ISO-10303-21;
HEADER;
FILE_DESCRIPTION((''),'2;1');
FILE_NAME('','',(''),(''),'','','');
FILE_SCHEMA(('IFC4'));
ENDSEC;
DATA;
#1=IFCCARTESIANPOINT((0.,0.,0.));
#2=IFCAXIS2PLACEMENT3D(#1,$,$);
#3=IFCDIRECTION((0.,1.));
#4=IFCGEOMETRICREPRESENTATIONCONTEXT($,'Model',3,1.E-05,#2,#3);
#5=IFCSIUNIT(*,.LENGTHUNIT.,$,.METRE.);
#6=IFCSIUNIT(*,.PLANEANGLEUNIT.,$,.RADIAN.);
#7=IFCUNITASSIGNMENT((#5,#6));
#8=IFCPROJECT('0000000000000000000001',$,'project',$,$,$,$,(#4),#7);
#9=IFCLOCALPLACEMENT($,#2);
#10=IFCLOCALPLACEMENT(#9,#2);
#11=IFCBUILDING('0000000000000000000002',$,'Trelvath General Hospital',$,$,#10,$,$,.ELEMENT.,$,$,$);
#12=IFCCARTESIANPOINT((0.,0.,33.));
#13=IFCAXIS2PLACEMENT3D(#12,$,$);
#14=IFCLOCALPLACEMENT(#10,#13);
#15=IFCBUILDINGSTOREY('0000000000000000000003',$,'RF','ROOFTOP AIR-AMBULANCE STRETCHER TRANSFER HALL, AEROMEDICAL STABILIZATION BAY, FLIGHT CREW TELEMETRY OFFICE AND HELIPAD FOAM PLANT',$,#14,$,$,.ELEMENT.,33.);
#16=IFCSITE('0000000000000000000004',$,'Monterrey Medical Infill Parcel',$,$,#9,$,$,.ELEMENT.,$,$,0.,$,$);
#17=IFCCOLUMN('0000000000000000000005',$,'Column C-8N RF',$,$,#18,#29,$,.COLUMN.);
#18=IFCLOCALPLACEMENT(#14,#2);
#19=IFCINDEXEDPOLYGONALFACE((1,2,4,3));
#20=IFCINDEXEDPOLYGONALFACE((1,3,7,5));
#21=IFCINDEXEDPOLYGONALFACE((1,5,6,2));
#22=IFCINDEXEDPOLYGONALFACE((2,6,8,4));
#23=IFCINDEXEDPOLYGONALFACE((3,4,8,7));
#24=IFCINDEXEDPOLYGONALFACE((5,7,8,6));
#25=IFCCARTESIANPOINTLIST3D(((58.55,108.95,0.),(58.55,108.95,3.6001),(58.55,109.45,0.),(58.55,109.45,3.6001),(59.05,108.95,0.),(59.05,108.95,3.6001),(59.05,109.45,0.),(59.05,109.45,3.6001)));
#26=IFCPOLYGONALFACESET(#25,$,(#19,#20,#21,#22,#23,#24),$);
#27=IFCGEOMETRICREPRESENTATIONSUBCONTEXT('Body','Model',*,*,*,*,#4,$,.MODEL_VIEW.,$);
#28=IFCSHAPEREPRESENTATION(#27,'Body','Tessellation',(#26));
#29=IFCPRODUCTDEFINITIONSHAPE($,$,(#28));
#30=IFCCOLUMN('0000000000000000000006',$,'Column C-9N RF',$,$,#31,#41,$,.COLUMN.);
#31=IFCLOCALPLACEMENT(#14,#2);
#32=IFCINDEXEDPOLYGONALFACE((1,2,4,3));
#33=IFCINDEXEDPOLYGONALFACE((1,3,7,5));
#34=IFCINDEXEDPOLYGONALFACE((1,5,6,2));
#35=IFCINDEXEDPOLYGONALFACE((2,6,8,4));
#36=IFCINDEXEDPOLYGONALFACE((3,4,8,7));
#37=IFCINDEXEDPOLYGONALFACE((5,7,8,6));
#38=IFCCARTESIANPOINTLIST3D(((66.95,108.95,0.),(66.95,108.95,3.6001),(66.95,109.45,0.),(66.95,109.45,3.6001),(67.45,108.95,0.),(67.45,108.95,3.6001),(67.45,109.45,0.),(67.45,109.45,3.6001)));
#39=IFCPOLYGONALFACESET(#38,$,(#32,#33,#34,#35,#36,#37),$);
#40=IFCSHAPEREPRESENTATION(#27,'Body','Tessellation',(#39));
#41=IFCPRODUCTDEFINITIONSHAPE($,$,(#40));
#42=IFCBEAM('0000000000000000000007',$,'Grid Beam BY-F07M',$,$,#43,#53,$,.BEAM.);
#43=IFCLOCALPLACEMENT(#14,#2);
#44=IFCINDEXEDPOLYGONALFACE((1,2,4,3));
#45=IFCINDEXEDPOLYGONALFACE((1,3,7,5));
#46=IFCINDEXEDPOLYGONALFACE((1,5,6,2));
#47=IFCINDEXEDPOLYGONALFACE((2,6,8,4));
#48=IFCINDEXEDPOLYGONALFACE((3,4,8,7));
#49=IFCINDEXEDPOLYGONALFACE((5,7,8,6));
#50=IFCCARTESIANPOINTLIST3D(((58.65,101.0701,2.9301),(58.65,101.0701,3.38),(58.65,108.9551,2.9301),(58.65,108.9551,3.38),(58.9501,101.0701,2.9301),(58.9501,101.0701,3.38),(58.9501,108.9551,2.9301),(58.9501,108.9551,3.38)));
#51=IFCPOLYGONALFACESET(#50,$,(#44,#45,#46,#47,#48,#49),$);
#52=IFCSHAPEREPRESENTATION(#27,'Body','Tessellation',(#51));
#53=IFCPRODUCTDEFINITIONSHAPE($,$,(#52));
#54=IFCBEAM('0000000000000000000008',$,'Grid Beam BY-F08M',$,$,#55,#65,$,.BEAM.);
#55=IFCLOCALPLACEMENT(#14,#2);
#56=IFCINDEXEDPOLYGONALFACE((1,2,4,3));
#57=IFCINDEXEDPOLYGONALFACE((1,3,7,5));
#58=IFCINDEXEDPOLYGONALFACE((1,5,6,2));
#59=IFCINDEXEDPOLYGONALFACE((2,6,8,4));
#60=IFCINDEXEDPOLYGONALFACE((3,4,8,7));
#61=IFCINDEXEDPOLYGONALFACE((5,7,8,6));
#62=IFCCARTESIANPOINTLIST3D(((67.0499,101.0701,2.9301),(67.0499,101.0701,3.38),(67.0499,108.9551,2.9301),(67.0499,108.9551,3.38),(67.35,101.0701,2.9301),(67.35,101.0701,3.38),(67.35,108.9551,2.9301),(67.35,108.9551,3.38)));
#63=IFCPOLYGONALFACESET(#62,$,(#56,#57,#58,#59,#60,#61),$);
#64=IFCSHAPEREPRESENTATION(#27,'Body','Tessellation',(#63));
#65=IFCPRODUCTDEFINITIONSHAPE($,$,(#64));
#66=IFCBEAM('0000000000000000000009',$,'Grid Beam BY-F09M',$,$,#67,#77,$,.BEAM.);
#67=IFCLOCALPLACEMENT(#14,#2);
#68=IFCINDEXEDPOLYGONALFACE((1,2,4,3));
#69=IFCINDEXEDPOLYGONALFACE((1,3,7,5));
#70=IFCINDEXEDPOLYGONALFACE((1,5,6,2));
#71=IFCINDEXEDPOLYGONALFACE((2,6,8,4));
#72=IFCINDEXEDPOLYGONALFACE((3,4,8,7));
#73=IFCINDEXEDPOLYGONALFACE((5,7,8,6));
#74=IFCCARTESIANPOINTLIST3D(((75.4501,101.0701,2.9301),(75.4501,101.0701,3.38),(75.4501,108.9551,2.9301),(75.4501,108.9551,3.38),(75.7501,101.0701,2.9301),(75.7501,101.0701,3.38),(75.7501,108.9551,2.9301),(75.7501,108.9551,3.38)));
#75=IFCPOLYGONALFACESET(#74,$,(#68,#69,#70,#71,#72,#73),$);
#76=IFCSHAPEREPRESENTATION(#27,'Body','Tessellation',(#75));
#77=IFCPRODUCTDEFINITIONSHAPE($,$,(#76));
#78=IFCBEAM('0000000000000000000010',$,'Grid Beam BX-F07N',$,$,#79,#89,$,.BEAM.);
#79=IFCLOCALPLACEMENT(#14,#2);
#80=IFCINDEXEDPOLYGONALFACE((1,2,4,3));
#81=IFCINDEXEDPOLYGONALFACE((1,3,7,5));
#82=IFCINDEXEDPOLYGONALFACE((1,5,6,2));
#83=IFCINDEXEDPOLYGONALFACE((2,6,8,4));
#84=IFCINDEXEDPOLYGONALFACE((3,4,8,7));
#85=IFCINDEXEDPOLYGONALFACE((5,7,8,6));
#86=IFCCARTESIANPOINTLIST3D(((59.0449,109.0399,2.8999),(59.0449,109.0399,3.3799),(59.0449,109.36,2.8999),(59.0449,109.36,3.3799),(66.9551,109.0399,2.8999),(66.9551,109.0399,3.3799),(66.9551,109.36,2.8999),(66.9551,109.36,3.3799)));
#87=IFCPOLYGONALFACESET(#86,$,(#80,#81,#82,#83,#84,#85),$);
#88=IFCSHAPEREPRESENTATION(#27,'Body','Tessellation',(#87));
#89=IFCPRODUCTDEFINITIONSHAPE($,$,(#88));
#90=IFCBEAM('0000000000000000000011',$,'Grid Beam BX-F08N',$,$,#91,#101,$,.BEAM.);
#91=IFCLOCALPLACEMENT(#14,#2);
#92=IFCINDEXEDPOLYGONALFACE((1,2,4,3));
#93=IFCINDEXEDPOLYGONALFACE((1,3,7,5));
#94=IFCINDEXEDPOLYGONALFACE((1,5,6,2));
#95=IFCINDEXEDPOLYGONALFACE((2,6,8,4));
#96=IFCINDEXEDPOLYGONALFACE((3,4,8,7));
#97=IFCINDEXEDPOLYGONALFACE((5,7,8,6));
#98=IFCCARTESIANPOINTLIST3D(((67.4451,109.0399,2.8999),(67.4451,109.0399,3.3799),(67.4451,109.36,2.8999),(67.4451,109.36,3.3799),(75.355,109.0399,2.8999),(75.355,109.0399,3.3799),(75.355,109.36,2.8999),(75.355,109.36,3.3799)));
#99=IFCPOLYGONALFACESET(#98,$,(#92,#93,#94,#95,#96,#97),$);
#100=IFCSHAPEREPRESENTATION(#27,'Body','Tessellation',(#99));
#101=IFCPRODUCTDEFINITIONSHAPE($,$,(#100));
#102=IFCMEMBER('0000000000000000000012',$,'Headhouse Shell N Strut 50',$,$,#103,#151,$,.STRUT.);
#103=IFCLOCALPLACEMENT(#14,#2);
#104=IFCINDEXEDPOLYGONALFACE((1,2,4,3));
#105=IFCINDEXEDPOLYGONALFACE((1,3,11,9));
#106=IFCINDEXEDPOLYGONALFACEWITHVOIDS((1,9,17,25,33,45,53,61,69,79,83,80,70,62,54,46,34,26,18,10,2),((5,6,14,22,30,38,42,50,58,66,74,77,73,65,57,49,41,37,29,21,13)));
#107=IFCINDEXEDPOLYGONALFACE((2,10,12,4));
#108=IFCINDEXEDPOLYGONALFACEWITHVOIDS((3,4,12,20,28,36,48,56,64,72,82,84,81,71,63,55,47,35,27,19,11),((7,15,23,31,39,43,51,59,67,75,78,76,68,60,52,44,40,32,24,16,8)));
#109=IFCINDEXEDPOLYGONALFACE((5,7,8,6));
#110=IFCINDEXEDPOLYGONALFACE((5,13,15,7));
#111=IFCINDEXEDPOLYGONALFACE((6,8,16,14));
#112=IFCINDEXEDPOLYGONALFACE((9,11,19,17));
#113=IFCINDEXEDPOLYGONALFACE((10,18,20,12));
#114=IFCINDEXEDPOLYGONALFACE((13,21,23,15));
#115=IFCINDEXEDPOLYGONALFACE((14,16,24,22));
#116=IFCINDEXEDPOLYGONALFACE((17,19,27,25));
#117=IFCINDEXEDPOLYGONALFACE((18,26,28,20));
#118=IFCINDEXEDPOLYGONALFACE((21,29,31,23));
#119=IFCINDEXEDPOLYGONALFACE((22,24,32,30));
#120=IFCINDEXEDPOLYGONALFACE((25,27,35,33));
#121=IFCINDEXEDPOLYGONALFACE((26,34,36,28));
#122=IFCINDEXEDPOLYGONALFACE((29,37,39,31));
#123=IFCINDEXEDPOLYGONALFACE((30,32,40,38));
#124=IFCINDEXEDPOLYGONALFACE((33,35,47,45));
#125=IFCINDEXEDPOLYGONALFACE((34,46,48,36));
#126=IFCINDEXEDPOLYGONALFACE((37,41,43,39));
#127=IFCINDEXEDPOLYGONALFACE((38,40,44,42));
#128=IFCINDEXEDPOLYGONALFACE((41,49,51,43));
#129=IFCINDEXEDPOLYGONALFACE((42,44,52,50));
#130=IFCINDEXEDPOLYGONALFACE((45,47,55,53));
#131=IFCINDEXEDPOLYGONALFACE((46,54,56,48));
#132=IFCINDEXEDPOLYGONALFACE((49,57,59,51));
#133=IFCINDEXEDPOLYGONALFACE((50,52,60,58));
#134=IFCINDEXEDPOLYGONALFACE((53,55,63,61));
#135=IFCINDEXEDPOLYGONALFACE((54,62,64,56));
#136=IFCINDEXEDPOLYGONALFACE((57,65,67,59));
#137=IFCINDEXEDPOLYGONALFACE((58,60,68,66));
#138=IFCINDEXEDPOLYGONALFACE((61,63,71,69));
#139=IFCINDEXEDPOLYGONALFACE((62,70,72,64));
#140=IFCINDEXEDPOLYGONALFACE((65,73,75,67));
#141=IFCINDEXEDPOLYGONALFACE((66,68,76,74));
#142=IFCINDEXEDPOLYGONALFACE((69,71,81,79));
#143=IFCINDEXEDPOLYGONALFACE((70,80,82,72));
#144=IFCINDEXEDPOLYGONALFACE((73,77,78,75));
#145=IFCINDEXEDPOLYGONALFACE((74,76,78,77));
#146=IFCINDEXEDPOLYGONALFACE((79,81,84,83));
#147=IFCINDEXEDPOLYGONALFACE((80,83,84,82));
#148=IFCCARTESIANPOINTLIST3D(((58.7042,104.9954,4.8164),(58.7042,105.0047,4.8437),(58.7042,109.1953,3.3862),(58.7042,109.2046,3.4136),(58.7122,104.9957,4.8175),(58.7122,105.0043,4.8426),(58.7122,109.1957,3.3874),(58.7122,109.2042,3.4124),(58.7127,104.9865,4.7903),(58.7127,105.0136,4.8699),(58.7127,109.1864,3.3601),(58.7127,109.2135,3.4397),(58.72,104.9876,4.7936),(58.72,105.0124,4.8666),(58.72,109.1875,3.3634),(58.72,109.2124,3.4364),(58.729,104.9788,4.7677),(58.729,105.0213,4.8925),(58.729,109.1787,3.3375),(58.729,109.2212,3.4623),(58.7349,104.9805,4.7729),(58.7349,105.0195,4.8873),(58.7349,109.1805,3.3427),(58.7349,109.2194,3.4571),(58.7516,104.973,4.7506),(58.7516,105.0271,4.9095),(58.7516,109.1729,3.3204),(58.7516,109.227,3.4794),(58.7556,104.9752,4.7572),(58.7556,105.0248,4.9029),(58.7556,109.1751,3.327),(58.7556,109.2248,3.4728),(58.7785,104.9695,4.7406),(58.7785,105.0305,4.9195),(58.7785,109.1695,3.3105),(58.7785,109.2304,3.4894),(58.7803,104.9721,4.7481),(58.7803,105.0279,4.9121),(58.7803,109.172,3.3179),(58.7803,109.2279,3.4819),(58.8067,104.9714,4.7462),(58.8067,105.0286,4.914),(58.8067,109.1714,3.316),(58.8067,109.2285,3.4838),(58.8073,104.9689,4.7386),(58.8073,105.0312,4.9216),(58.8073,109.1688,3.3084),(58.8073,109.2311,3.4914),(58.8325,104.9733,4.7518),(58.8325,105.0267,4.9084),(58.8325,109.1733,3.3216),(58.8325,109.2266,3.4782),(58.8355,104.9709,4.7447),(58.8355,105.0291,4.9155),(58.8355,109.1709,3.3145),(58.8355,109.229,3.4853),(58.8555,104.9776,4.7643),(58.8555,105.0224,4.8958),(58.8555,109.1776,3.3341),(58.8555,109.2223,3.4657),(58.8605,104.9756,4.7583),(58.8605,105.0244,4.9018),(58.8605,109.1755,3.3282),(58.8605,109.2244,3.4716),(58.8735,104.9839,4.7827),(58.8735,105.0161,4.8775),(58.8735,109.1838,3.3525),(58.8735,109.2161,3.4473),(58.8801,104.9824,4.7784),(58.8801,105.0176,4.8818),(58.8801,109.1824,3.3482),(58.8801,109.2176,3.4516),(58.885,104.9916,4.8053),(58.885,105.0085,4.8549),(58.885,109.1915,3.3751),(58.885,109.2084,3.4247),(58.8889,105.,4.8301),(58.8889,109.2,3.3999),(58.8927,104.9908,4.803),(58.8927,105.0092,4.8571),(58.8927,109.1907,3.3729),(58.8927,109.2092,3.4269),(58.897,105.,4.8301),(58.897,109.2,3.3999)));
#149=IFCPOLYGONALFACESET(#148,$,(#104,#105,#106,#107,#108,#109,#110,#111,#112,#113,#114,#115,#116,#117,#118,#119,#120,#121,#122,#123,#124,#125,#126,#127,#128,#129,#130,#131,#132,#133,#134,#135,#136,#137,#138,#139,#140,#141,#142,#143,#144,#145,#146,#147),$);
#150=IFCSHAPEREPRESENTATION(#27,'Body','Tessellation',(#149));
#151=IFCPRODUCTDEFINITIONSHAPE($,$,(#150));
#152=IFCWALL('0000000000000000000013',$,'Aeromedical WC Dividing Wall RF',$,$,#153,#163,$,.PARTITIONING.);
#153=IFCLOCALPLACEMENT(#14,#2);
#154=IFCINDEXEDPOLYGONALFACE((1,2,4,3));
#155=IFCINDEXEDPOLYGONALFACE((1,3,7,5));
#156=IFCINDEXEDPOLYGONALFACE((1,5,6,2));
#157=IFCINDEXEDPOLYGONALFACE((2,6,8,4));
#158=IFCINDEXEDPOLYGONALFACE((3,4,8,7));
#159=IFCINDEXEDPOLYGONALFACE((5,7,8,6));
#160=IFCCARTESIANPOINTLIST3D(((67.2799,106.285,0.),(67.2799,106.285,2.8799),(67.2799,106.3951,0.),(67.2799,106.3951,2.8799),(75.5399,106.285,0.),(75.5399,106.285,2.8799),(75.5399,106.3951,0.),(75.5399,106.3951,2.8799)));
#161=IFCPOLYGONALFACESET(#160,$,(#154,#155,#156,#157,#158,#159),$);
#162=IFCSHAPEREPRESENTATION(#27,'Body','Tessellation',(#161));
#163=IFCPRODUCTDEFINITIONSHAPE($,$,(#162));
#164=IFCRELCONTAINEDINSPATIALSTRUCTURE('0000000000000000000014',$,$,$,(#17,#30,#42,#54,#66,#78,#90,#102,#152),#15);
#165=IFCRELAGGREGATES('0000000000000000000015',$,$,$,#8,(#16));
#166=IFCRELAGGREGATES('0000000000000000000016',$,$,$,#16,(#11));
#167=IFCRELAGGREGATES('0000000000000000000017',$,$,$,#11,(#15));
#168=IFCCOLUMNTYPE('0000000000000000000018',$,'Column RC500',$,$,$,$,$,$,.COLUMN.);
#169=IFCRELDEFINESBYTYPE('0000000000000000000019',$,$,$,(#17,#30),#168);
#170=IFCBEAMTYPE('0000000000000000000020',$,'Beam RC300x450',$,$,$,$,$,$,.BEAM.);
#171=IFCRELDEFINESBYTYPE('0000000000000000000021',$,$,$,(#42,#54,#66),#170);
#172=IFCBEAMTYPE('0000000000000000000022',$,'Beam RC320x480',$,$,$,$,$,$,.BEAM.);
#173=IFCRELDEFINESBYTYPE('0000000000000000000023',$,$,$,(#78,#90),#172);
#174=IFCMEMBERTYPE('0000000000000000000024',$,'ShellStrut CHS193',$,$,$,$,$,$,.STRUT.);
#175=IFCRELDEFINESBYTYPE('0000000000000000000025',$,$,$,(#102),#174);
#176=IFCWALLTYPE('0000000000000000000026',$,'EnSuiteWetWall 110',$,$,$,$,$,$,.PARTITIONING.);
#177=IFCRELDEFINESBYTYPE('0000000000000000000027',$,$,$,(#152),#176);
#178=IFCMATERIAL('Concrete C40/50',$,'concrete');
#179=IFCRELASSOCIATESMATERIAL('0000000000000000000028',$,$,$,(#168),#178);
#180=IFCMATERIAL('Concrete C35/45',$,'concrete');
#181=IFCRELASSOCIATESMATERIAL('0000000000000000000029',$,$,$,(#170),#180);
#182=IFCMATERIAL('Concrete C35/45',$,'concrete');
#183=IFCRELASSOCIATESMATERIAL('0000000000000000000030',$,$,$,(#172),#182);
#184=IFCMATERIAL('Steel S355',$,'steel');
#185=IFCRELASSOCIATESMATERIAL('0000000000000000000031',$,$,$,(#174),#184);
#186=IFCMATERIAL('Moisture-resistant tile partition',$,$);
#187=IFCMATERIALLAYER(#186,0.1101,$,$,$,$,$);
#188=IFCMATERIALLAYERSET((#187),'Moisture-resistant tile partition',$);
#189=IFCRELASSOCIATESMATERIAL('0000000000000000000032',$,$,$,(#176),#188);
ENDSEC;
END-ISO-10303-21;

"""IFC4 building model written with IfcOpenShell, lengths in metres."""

from ifc_helpers import new_model, si_unit, direction, frame, frame_2d, origin, origin_2d, place, context, subcontext, project, spatial, rectangle, hollow_circle, extrude, material, layer, layer_set, material_profile, profile_set, type_object, element, save


model = new_model("IFC4")

# Units and contexts
model_context = context("Model", 3, precision=1e-05, world=origin(), true_north=direction((0.0, 1.0)))
body_context = subcontext(model_context, "Body", "Model", "MODEL_VIEW")
ifc_project = project(units=[si_unit("LENGTHUNIT", "METRE"), si_unit("PLANEANGLEUNIT", "RADIAN")], contexts=[model_context])

# Site, building, storey
site_placement = place(None, origin())
site = spatial("IfcSite", under=ifc_project, at=site_placement, Name="Monterrey Medical Infill Parcel", CompositionType="ELEMENT", RefElevation=0.0)
building_placement = place(site_placement, origin())
building = spatial("IfcBuilding", under=site, at=building_placement, Name="Trelvath General Hospital", CompositionType="ELEMENT")
storey_placement = place(building_placement, frame((0.0, 0.0, 33.0)))
storey = spatial("IfcBuildingStorey", under=building, at=storey_placement, Name="RF", Description="ROOFTOP AIR-AMBULANCE STRETCHER TRANSFER HALL, AEROMEDICAL STABILIZATION BAY, FLIGHT CREW TELEMETRY OFFICE AND HELIPAD FOAM PLANT", CompositionType="ELEMENT", Elevation=33.0)

# Columns
ifc_material_1 = material(Name="Concrete C40/50", Category="concrete")
ifc_material_profile_1 = material_profile(ifc_material_1, rectangle(XDim=0.5, YDim=0.5, at=origin_2d()), Name="RC500x500")
ifc_profile_set_1 = profile_set([ifc_material_profile_1], Name="Concrete C40/50")
column_type = type_object("IfcColumnType", Name="Column RC500", PredefinedType="COLUMN", material=ifc_profile_set_1)
for number, where, z_axis, x_axis, name in (
    (1, (58.8, 109.2, 0.0), (0.0, 0.0, 1.0), (1.0, 0.0, 0.0), "Column C-8N RF"),
    (2, (67.2, 109.2, 0.0), (0.0, 0.0, 1.0), (1.0, 0.0, 0.0), "Column C-9N RF"),
):
    element("IfcColumn", number, at=place(storey_placement, frame(where, z_axis=z_axis, x_axis=x_axis)), inside=storey, type_object=column_type, Name=name, PredefinedType="COLUMN", context=body_context, shape_type="SweptSolid", body=[
        extrude(rectangle(XDim=0.5, YDim=0.5, at=origin_2d()), origin(), (0.0, 0.0, 1.0), 3.6001),
    ])

# Beams
ifc_material_2 = material(Name="Concrete C35/45", Category="concrete")
ifc_material_profile_2 = material_profile(ifc_material_2, rectangle(XDim=0.3, YDim=0.45, at=origin_2d()), Name="RCB300x450")
ifc_profile_set_2 = profile_set([ifc_material_profile_2], Name="Concrete C35/45")
beam_type_1 = type_object("IfcBeamType", Name="Beam RC300x450", PredefinedType="BEAM", material=ifc_profile_set_2)
for number, where, z_axis, x_axis, name in (
    (3, (58.8, 101.0701, 3.155), (0.0, 1.0, 0.0), (-1.0, 0.0, 0.0), "Grid Beam BY-F07M"),
    (4, (67.2, 101.0701, 3.155), (0.0, 1.0, 0.0), (-1.0, 0.0, 0.0), "Grid Beam BY-F08M"),
    (5, (75.6001, 101.0701, 3.155), (0.0, 1.0, 0.0), (-1.0, 0.0, 0.0), "Grid Beam BY-F09M"),
):
    element("IfcBeam", number, at=place(storey_placement, frame(where, z_axis=z_axis, x_axis=x_axis)), inside=storey, type_object=beam_type_1, Name=name, PredefinedType="BEAM", context=body_context, shape_type="SweptSolid", body=[
        extrude(rectangle(XDim=0.3, YDim=0.45, at=origin_2d()), origin(), (0.0, 0.0, 1.0), 7.885),
    ])
ifc_material_3 = material(Name="Concrete C35/45", Category="concrete")
ifc_material_profile_3 = material_profile(ifc_material_3, rectangle(XDim=0.3201, YDim=0.48, at=origin_2d()), Name="RCB320x480")
ifc_profile_set_3 = profile_set([ifc_material_profile_3], Name="Concrete C35/45")
beam_type_2 = type_object("IfcBeamType", Name="Beam RC320x480", PredefinedType="BEAM", material=ifc_profile_set_3)
beam_1_placement = place(storey_placement, frame((59.0449, 109.2, 3.1399), z_axis=(1.0, 0.0, 0.0), x_axis=(0.0, 1.0, 0.0)))
element("IfcBeam", 6, at=beam_1_placement, inside=storey, type_object=beam_type_2, Name="Grid Beam BX-F07N", PredefinedType="BEAM", context=body_context, shape_type="SweptSolid", body=[
    extrude(rectangle(XDim=0.3201, YDim=0.48, at=origin_2d()), origin(), (0.0, 0.0, 1.0), 7.9102),
])
beam_2_placement = place(storey_placement, frame((67.4451, 109.2, 3.1399), z_axis=(1.0, 0.0, 0.0), x_axis=(0.0, 1.0, 0.0)))
element("IfcBeam", 7, at=beam_2_placement, inside=storey, type_object=beam_type_2, Name="Grid Beam BX-F08N", PredefinedType="BEAM", context=body_context, shape_type="SweptSolid", body=[
    extrude(rectangle(XDim=0.3201, YDim=0.48, at=origin_2d()), origin(), (0.0, 0.0, 1.0), 7.9099),
])

# Member
ifc_material_4 = material(Name="Steel S355", Category="steel")
ifc_material_profile_4 = material_profile(ifc_material_4, hollow_circle(Radius=0.0969, WallThickness=0.0081, at=origin_2d()), Name="CHS193.7x8.0")
ifc_profile_set_4 = profile_set([ifc_material_profile_4], Name="Steel S355")
member_type = type_object("IfcMemberType", Name="ShellStrut CHS193", PredefinedType="STRUT", material=ifc_profile_set_4)
member_placement = place(storey_placement, frame((58.8, 109.2, 3.3999), z_axis=(0.0, -0.946622, 0.322346), x_axis=(1.0, 0.0, 0.0)))
element("IfcMember", 8, at=member_placement, inside=storey, type_object=member_type, Name="Headhouse Shell N Strut 50", PredefinedType="STRUT", context=body_context, shape_type="SweptSolid", body=[
    extrude(hollow_circle(Radius=0.0969, WallThickness=0.0081, at=origin_2d()), origin(), (0.0, 0.0, 1.0), 4.4368),
])

# Wall
ifc_material_5 = material(Name="Moisture-resistant tile partition")
ifc_layer_1 = layer(ifc_material_5, 0.1101)
ifc_layer_set_1 = layer_set([ifc_layer_1], Name="Moisture-resistant tile partition")
wall_type_1 = type_object("IfcWallType", Name="EnSuiteWetWall 110", PredefinedType="PARTITIONING", material=ifc_layer_set_1)
wall_1_placement = place(storey_placement, frame((67.28, 106.3401, 0.0), z_axis=(0.0, 0.0, 1.0), x_axis=(1.0, 0.0, 0.0)))
element("IfcWall", 9, at=wall_1_placement, inside=storey, type_object=wall_type_1, Name="Aeromedical WC Dividing Wall RF", PredefinedType="PARTITIONING", context=body_context, shape_type="SweptSolid", body=[
    extrude(rectangle(XDim=8.26, YDim=0.1101, at=frame_2d((4.1299, 0.0))), origin(), (0.0, 0.0, 1.0), 2.8799),
])

save(model, "model.ifc")
